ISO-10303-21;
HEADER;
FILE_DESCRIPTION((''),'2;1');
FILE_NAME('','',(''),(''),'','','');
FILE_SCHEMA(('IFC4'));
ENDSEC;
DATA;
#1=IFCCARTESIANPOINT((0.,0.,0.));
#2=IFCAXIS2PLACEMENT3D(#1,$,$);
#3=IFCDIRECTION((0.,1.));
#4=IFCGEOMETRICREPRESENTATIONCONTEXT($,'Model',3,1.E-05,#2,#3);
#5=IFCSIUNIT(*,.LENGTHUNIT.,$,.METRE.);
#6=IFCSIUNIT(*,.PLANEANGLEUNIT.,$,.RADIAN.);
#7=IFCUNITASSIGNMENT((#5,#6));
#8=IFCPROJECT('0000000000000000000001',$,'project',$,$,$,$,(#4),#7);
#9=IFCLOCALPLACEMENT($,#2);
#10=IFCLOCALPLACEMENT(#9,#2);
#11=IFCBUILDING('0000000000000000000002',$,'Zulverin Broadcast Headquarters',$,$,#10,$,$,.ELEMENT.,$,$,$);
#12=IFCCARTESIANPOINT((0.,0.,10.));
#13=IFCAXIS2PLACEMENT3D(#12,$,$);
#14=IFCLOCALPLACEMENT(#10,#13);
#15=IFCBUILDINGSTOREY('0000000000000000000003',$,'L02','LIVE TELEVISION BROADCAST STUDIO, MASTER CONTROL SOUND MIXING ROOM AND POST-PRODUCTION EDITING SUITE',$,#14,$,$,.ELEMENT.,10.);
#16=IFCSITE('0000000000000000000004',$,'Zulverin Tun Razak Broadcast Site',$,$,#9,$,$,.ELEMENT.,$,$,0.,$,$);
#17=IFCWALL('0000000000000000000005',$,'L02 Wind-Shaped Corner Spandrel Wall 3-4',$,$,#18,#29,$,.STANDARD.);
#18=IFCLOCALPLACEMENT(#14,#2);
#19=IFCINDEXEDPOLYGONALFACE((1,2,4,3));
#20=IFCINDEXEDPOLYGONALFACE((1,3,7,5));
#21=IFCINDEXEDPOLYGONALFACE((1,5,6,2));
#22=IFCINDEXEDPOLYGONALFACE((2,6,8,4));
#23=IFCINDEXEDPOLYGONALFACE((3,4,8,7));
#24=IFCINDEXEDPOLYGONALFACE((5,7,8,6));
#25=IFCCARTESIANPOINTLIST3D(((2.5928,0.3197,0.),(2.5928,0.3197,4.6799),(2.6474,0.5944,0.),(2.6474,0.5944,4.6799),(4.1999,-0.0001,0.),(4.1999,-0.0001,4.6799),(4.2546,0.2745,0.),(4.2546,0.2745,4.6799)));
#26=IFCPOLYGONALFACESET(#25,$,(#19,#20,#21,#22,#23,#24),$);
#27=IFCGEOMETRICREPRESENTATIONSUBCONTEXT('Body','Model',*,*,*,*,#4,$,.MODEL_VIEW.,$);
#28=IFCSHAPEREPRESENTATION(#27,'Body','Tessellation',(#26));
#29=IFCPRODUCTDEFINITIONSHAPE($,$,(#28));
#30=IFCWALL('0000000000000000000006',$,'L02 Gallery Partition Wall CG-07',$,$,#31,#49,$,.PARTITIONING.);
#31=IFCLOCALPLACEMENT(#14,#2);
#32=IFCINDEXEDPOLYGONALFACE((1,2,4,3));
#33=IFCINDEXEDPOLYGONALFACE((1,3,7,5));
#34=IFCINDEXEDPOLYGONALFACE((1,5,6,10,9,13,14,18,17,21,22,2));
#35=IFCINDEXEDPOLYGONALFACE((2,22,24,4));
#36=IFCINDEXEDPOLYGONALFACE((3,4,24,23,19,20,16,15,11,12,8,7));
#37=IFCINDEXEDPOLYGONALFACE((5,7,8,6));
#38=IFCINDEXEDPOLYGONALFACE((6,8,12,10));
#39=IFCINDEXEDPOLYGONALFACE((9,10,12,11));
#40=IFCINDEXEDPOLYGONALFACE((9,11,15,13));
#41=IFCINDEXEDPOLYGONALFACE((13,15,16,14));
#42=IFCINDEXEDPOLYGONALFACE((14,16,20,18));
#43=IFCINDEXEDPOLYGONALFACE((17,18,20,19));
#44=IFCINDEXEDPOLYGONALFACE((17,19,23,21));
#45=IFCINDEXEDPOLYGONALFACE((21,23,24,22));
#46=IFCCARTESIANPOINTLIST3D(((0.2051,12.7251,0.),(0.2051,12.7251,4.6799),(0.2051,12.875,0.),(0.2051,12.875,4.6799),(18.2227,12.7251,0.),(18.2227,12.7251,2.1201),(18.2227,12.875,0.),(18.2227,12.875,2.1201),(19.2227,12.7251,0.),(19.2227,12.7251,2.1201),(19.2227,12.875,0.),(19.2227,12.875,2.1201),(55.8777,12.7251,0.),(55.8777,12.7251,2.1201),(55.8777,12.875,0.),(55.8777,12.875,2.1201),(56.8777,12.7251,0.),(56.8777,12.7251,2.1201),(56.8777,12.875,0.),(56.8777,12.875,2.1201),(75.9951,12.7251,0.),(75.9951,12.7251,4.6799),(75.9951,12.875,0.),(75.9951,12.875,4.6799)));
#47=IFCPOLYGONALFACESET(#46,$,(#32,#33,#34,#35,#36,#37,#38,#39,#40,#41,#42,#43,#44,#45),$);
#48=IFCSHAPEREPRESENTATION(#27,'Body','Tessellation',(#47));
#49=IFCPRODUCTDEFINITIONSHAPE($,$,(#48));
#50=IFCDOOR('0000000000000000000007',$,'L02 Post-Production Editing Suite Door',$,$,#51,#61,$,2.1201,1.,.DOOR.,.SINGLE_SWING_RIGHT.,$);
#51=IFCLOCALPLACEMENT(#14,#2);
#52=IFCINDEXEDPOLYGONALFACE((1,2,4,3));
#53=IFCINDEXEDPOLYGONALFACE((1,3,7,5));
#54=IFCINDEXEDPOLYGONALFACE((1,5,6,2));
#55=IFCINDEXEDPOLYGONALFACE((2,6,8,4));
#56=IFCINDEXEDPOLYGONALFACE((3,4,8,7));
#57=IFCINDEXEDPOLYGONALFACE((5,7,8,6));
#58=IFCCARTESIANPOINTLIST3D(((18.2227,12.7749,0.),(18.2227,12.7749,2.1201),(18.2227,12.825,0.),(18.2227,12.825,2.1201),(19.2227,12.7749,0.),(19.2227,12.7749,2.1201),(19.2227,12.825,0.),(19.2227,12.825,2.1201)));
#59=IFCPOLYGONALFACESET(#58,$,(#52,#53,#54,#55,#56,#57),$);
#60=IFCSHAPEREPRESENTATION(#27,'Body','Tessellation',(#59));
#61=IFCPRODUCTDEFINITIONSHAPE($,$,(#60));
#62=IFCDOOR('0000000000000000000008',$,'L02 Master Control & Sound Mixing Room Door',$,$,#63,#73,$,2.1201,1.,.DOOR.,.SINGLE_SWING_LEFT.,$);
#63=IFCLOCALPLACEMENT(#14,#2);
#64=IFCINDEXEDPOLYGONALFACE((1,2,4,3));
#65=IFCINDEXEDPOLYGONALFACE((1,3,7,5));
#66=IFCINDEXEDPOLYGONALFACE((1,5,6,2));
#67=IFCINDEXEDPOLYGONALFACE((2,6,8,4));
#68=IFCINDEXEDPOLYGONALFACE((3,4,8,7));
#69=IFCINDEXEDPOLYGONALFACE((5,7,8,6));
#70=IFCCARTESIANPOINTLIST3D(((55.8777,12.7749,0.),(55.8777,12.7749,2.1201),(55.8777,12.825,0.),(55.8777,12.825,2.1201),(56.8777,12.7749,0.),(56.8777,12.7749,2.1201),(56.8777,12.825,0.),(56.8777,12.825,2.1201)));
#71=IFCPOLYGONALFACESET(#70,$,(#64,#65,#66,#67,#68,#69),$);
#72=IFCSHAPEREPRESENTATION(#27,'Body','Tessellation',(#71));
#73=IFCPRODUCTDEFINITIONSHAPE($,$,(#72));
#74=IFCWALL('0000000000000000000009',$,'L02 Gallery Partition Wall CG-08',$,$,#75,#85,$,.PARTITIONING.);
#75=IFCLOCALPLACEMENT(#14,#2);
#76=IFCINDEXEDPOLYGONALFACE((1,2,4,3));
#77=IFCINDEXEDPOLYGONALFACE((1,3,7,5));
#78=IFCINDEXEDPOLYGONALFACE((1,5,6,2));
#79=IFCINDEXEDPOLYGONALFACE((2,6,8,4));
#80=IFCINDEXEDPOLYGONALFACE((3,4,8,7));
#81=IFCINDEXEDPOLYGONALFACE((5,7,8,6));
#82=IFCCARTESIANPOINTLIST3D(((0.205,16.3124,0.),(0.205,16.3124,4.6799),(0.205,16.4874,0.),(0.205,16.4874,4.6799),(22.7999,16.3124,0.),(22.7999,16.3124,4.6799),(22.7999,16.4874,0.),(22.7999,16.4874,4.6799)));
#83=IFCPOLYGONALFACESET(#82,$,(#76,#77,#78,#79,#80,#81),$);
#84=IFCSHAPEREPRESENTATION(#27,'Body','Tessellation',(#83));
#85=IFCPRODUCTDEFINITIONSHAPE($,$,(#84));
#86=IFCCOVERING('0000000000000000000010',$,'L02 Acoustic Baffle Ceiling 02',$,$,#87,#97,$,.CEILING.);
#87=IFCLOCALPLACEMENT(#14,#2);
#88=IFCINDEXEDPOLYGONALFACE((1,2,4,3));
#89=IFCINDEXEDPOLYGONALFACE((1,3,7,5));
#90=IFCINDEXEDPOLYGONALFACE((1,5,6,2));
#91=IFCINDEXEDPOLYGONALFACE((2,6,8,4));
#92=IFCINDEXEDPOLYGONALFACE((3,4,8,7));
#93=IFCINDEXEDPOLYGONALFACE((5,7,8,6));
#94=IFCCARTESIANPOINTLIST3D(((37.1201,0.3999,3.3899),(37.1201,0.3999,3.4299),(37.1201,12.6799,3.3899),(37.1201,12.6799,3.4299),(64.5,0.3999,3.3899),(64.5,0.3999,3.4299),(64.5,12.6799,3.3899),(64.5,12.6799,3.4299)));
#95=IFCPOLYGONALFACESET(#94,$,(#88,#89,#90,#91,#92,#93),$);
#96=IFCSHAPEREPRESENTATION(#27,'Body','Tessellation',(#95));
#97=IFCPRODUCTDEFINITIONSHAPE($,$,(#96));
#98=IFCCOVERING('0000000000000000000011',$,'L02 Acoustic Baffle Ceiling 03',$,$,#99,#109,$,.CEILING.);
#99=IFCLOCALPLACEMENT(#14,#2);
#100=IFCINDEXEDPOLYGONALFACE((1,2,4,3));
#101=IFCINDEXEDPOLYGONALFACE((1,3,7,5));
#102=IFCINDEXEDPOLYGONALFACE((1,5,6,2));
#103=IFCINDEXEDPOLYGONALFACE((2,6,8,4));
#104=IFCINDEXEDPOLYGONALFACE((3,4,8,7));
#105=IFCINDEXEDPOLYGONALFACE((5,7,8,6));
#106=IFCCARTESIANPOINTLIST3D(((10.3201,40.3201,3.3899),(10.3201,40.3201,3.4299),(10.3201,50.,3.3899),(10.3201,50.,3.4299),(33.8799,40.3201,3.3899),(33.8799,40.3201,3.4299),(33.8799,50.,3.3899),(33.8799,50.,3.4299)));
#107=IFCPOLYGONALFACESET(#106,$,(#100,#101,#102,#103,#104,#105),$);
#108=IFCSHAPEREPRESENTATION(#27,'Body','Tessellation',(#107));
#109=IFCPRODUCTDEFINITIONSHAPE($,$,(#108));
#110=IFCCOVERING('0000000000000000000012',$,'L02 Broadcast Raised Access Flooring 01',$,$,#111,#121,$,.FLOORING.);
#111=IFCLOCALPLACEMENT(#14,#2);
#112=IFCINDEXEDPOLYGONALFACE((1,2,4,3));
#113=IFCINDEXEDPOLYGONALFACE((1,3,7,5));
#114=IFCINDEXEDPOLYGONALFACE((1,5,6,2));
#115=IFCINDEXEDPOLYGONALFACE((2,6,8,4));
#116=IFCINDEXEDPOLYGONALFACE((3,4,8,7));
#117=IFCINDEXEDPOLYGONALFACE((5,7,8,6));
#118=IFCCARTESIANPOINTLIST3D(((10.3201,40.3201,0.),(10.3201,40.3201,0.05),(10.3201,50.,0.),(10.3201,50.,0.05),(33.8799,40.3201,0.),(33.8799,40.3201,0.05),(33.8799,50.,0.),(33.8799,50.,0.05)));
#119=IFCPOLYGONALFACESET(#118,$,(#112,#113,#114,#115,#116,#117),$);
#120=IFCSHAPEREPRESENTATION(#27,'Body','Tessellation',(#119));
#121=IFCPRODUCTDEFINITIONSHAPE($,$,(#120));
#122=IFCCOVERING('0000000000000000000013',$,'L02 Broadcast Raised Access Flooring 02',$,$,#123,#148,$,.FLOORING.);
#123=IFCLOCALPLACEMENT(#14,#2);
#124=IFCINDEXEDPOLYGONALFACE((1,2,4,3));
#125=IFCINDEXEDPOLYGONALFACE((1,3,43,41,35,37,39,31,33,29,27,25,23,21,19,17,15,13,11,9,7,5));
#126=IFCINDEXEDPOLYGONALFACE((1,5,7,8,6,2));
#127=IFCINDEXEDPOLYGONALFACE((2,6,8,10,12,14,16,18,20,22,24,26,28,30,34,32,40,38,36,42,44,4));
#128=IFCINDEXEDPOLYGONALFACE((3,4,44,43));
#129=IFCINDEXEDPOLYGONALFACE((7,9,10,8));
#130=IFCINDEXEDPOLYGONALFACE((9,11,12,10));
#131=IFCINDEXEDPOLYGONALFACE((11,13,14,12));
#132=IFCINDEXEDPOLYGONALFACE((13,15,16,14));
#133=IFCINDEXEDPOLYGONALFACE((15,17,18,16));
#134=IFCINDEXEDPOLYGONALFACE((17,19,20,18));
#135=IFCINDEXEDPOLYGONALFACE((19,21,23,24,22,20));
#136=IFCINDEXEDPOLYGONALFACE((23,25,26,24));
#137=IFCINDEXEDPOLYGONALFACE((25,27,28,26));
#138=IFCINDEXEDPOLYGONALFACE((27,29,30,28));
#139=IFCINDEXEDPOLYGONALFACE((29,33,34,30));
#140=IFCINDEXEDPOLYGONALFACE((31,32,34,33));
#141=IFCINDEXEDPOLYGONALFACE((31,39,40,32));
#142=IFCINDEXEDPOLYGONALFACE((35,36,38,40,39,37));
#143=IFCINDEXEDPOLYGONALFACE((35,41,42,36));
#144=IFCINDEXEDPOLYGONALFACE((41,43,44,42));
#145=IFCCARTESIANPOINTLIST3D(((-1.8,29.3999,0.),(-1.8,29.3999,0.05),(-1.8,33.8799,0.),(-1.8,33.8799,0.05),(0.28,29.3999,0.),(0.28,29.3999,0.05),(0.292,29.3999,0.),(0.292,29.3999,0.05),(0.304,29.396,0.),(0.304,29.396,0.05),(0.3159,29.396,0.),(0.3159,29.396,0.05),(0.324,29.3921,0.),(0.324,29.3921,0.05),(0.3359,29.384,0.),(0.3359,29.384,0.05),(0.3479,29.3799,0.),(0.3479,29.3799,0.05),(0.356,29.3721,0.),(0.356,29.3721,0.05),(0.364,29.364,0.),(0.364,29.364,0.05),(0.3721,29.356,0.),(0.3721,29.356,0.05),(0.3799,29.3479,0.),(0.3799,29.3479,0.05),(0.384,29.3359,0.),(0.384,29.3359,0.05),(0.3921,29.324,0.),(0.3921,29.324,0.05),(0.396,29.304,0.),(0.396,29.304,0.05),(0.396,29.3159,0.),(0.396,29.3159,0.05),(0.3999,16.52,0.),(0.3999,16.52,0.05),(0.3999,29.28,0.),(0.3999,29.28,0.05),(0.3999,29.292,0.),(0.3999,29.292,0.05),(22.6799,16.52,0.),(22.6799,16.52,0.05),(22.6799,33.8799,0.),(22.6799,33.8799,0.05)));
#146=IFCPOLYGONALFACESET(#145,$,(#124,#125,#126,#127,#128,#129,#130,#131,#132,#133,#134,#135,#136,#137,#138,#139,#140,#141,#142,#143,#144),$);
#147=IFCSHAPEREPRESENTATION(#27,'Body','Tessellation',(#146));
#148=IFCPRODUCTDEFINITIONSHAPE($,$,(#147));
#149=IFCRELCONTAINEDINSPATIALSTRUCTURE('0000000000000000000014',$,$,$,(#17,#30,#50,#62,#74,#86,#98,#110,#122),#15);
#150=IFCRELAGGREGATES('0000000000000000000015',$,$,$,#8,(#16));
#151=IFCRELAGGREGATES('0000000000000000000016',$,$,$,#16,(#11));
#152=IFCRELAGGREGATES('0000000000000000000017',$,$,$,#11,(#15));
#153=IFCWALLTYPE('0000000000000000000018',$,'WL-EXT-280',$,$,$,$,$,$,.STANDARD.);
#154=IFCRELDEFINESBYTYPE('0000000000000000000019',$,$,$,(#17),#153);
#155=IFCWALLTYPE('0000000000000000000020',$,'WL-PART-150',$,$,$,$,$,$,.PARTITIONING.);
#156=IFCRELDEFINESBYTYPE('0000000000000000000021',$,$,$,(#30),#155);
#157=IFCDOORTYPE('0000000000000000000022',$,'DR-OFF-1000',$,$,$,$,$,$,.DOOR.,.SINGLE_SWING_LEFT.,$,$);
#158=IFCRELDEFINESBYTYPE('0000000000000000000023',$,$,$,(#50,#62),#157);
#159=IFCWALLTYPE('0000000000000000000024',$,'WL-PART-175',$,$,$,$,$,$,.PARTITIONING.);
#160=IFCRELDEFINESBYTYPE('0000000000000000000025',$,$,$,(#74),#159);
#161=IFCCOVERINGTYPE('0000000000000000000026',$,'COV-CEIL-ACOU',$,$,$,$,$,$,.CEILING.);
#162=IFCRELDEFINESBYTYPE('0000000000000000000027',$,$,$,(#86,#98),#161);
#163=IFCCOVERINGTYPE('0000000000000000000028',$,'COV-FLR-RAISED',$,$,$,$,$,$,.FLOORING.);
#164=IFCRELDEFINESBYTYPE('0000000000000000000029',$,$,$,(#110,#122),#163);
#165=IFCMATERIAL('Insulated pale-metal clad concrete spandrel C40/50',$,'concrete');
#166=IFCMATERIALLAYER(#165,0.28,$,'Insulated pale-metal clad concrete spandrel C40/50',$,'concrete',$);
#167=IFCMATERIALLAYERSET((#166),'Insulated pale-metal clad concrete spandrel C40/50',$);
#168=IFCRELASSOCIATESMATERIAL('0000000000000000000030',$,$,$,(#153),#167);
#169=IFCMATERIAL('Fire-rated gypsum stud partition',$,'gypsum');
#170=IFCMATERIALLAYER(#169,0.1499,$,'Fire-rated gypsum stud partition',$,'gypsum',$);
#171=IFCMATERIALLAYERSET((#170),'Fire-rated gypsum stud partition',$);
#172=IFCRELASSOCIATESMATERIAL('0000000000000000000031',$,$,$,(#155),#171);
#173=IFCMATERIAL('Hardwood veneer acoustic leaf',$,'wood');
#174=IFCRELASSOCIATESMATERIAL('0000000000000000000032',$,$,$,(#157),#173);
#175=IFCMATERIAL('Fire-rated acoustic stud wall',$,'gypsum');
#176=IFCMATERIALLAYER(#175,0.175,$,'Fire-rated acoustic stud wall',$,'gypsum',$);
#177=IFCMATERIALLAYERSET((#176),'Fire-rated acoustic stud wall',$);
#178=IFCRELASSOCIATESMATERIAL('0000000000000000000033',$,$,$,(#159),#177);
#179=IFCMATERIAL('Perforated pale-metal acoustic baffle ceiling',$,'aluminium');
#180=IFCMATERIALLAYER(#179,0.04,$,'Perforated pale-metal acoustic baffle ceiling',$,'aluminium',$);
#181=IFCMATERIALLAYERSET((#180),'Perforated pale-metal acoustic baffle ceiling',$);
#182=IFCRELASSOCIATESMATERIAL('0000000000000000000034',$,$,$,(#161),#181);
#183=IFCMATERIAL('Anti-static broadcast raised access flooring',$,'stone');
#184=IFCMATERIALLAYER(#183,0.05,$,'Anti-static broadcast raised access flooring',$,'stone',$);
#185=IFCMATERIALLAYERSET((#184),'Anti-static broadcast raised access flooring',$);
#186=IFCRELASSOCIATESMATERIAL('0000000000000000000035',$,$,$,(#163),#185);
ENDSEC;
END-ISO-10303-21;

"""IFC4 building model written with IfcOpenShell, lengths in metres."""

from ifc_helpers import new_model, si_unit, direction, frame, frame_2d, origin, place, context, subcontext, project, spatial, polyline, rectangle, outline, extrude, material, layer, layer_set, type_object, element, fill, save


model = new_model("IFC4")

# Units and contexts
model_context = context("Model", 3, precision=1e-05, world=origin(), true_north=direction((0.0, 1.0)))
body_context = subcontext(model_context, "Body", "Model", "MODEL_VIEW")
ifc_project = project(units=[si_unit("LENGTHUNIT", "METRE"), si_unit("PLANEANGLEUNIT", "RADIAN")], contexts=[model_context])

# Site, building, storey
site_placement = place(None, origin())
site = spatial("IfcSite", under=ifc_project, at=site_placement, Name="Zulverin Tun Razak Broadcast Site", CompositionType="ELEMENT", RefElevation=0.0)
building_placement = place(site_placement, origin())
building = spatial("IfcBuilding", under=site, at=building_placement, Name="Zulverin Broadcast Headquarters", CompositionType="ELEMENT")
storey_placement = place(building_placement, frame((0.0, 0.0, 10.0)))
storey = spatial("IfcBuildingStorey", under=building, at=storey_placement, Name="L02", Description="LIVE TELEVISION BROADCAST STUDIO, MASTER CONTROL SOUND MIXING ROOM AND POST-PRODUCTION EDITING SUITE", CompositionType="ELEMENT", Elevation=10.0)

# Shared definitions
ifc_material_1 = material(Name="Insulated pale-metal clad concrete spandrel C40/50", Category="concrete")
ifc_layer_1 = layer(ifc_material_1, 0.28, Name="Insulated pale-metal clad concrete spandrel C40/50", Category="concrete")
ifc_layer_set_1 = layer_set([ifc_layer_1], Name="Insulated pale-metal clad concrete spandrel C40/50")
wall_type_1 = type_object("IfcWallType", Name="WL-EXT-280", PredefinedType="STANDARD", material=ifc_layer_set_1)

# Wall
for number, where, z_axis, x_axis, name in (
    (1, (2.6201, 0.457, 0.0), (0.0, 0.0, 1.0), (0.980769, -0.195171, 0.0), "L02 Wind-Shaped Corner Spandrel Wall 3-4"),
):
    element("IfcWall", number, at=place(storey_placement, frame(where, z_axis=z_axis, x_axis=x_axis)), inside=storey, type_object=wall_type_1, Name=name, PredefinedType="STANDARD", context=body_context, shape_type="SweptSolid", body=[
        extrude(rectangle(XDim=1.6387, YDim=0.28, at=frame_2d((0.8193, 0.0))), origin(), (0.0, 0.0, 1.0), 4.6799),
    ])

# Wall, openings, doors
ifc_material_2 = material(Name="Fire-rated gypsum stud partition", Category="gypsum")
ifc_layer_2 = layer(ifc_material_2, 0.1499, Name="Fire-rated gypsum stud partition", Category="gypsum")
ifc_layer_set_2 = layer_set([ifc_layer_2], Name="Fire-rated gypsum stud partition")
wall_type_2 = type_object("IfcWallType", Name="WL-PART-150", PredefinedType="PARTITIONING", material=ifc_layer_set_2)
wall_1_placement = place(storey_placement, frame((0.2051, 12.8, 0.0), z_axis=(0.0, 0.0, 1.0), x_axis=(1.0, 0.0, 0.0)))
wall_1 = element("IfcWall", 2, at=wall_1_placement, inside=storey, type_object=wall_type_2, Name="L02 Gallery Partition Wall CG-07", PredefinedType="PARTITIONING", context=body_context, shape_type="SweptSolid", body=[
    extrude(rectangle(XDim=75.79, YDim=0.1499, at=frame_2d((37.895, 0.0))), origin(), (0.0, 0.0, 1.0), 4.6799),
])
opening_1_placement = place(wall_1_placement, frame((18.0176, 0.0, 0.0)))
opening_1 = element("IfcOpeningElement", 3, at=opening_1_placement, cuts=wall_1, PredefinedType="OPENING", context=body_context, shape_type="SweptSolid", body=[
    extrude(rectangle(XDim=1.0, YDim=2.1201, at=frame_2d((0.5, 1.0601))), frame((0.0, 0.085, 0.0), z_axis=(0.0, -1.0, 0.0), x_axis=(1.0, 0.0, 0.0)), (0.0, 0.0, 1.0), 0.1699),
])
opening_2_placement = place(wall_1_placement, frame((55.6726, 0.0, 0.0)))
opening_2 = element("IfcOpeningElement", 4, at=opening_2_placement, cuts=wall_1, PredefinedType="OPENING", context=body_context, shape_type="SweptSolid", body=[
    extrude(rectangle(XDim=1.0, YDim=2.1201, at=frame_2d((0.5, 1.0601))), frame((0.0, 0.085, 0.0), z_axis=(0.0, -1.0, 0.0), x_axis=(1.0, 0.0, 0.0)), (0.0, 0.0, 1.0), 0.1699),
])
ifc_material_3 = material(Name="Hardwood veneer acoustic leaf", Category="wood")
door_type = type_object("IfcDoorType", Name="DR-OFF-1000", OperationType="SINGLE_SWING_LEFT", PredefinedType="DOOR", material=ifc_material_3)
door_1_placement = place(opening_1_placement, origin())
door_1 = element("IfcDoor", 5, at=door_1_placement, inside=storey, type_object=door_type, Name="L02 Post-Production Editing Suite Door", OperationType="SINGLE_SWING_RIGHT", OverallHeight=2.1201, OverallWidth=1.0, PredefinedType="DOOR", context=body_context, shape_type="SweptSolid", body=[
    extrude(rectangle(XDim=1.0, YDim=2.1201, at=frame_2d((0.5, 1.0601))), frame((0.0, 0.0249, 0.0), z_axis=(0.0, -1.0, 0.0), x_axis=(1.0, 0.0, 0.0)), (0.0, 0.0, 1.0), 0.05),
])
fill(opening_1, door_1)
door_2_placement = place(opening_2_placement, origin())
door_2 = element("IfcDoor", 6, at=door_2_placement, inside=storey, type_object=door_type, Name="L02 Master Control & Sound Mixing Room Door", OperationType="SINGLE_SWING_LEFT", OverallHeight=2.1201, OverallWidth=1.0, PredefinedType="DOOR", context=body_context, shape_type="SweptSolid", body=[
    extrude(rectangle(XDim=1.0, YDim=2.1201, at=frame_2d((0.5, 1.0601))), frame((0.0, 0.0249, 0.0), z_axis=(0.0, -1.0, 0.0), x_axis=(1.0, 0.0, 0.0)), (0.0, 0.0, 1.0), 0.05),
])
fill(opening_2, door_2)

# Wall
ifc_material_4 = material(Name="Fire-rated acoustic stud wall", Category="gypsum")
ifc_layer_3 = layer(ifc_material_4, 0.175, Name="Fire-rated acoustic stud wall", Category="gypsum")
ifc_layer_set_3 = layer_set([ifc_layer_3], Name="Fire-rated acoustic stud wall")
wall_type_3 = type_object("IfcWallType", Name="WL-PART-175", PredefinedType="PARTITIONING", material=ifc_layer_set_3)
wall_2_placement = place(storey_placement, frame((0.2051, 16.3999, 0.0), z_axis=(0.0, 0.0, 1.0), x_axis=(1.0, 0.0, 0.0)))
element("IfcWall", 7, at=wall_2_placement, inside=storey, type_object=wall_type_3, Name="L02 Gallery Partition Wall CG-08", PredefinedType="PARTITIONING", context=body_context, shape_type="SweptSolid", body=[
    extrude(rectangle(XDim=22.595, YDim=0.175, at=frame_2d((11.2974, 0.0))), origin(), (0.0, 0.0, 1.0), 4.6799),
])

# Coverings
ifc_material_5 = material(Name="Perforated pale-metal acoustic baffle ceiling", Category="aluminium")
ifc_layer_4 = layer(ifc_material_5, 0.04, Name="Perforated pale-metal acoustic baffle ceiling", Category="aluminium")
ifc_layer_set_4 = layer_set([ifc_layer_4], Name="Perforated pale-metal acoustic baffle ceiling")
covering_type_1 = type_object("IfcCoveringType", Name="COV-CEIL-ACOU", PredefinedType="CEILING", material=ifc_layer_set_4)
covering_1_placement = place(storey_placement, frame((0.0, 0.0, 3.3899)))
element("IfcCovering", 8, at=covering_1_placement, inside=storey, type_object=covering_type_1, Name="L02 Acoustic Baffle Ceiling 02", PredefinedType="CEILING", context=body_context, shape_type="SweptSolid", body=[
    extrude(outline(polyline([(37.1201, 12.6799), (37.1201, 0.3999), (64.5, 0.3999), (64.5, 12.6799), (37.1201, 12.6799)])), origin(), (0.0, 0.0, 1.0), 0.04),
])
covering_2_placement = place(storey_placement, frame((0.0, 0.0, 3.3899)))
element("IfcCovering", 9, at=covering_2_placement, inside=storey, type_object=covering_type_1, Name="L02 Acoustic Baffle Ceiling 03", PredefinedType="CEILING", context=body_context, shape_type="SweptSolid", body=[
    extrude(outline(polyline([(33.8799, 50.0), (10.3201, 50.0), (10.3201, 40.3201), (33.8799, 40.3201), (33.8799, 50.0)])), origin(), (0.0, 0.0, 1.0), 0.04),
])
ifc_material_6 = material(Name="Anti-static broadcast raised access flooring", Category="stone")
ifc_layer_5 = layer(ifc_material_6, 0.05, Name="Anti-static broadcast raised access flooring", Category="stone")
ifc_layer_set_5 = layer_set([ifc_layer_5], Name="Anti-static broadcast raised access flooring")
covering_type_2 = type_object("IfcCoveringType", Name="COV-FLR-RAISED", PredefinedType="FLOORING", material=ifc_layer_set_5)
covering_3_placement = place(storey_placement, origin())
element("IfcCovering", 10, at=covering_3_placement, inside=storey, type_object=covering_type_2, Name="L02 Broadcast Raised Access Flooring 01", PredefinedType="FLOORING", context=body_context, shape_type="SweptSolid", body=[
    extrude(outline(polyline([(33.8799, 50.0), (10.3201, 50.0), (10.3201, 40.3201), (33.8799, 40.3201), (33.8799, 50.0)])), origin(), (0.0, 0.0, 1.0), 0.05),
])
covering_4_placement = place(storey_placement, origin())
element("IfcCovering", 11, at=covering_4_placement, inside=storey, type_object=covering_type_2, Name="L02 Broadcast Raised Access Flooring 02", PredefinedType="FLOORING", context=body_context, shape_type="SweptSolid", body=[
    extrude(outline(polyline([(22.6799, 16.52), (22.6799, 33.8799), (-1.8, 33.8799), (-1.8, 29.3999), (0.28, 29.3999), (0.292, 29.3999), (0.304, 29.396), (0.3159, 29.396), (0.324, 29.3921), (0.3359, 29.384), (0.3479, 29.3799), (0.356, 29.3721), (0.364, 29.364), (0.3721, 29.356), (0.3799, 29.3479), (0.384, 29.3359), (0.3921, 29.324), (0.396, 29.3159), (0.396, 29.304), (0.3999, 29.292), (0.3999, 29.28), (0.3999, 16.52), (22.6799, 16.52)])), origin(), (0.0, 0.0, 1.0), 0.05),
])

save(model, "model.ifc")
